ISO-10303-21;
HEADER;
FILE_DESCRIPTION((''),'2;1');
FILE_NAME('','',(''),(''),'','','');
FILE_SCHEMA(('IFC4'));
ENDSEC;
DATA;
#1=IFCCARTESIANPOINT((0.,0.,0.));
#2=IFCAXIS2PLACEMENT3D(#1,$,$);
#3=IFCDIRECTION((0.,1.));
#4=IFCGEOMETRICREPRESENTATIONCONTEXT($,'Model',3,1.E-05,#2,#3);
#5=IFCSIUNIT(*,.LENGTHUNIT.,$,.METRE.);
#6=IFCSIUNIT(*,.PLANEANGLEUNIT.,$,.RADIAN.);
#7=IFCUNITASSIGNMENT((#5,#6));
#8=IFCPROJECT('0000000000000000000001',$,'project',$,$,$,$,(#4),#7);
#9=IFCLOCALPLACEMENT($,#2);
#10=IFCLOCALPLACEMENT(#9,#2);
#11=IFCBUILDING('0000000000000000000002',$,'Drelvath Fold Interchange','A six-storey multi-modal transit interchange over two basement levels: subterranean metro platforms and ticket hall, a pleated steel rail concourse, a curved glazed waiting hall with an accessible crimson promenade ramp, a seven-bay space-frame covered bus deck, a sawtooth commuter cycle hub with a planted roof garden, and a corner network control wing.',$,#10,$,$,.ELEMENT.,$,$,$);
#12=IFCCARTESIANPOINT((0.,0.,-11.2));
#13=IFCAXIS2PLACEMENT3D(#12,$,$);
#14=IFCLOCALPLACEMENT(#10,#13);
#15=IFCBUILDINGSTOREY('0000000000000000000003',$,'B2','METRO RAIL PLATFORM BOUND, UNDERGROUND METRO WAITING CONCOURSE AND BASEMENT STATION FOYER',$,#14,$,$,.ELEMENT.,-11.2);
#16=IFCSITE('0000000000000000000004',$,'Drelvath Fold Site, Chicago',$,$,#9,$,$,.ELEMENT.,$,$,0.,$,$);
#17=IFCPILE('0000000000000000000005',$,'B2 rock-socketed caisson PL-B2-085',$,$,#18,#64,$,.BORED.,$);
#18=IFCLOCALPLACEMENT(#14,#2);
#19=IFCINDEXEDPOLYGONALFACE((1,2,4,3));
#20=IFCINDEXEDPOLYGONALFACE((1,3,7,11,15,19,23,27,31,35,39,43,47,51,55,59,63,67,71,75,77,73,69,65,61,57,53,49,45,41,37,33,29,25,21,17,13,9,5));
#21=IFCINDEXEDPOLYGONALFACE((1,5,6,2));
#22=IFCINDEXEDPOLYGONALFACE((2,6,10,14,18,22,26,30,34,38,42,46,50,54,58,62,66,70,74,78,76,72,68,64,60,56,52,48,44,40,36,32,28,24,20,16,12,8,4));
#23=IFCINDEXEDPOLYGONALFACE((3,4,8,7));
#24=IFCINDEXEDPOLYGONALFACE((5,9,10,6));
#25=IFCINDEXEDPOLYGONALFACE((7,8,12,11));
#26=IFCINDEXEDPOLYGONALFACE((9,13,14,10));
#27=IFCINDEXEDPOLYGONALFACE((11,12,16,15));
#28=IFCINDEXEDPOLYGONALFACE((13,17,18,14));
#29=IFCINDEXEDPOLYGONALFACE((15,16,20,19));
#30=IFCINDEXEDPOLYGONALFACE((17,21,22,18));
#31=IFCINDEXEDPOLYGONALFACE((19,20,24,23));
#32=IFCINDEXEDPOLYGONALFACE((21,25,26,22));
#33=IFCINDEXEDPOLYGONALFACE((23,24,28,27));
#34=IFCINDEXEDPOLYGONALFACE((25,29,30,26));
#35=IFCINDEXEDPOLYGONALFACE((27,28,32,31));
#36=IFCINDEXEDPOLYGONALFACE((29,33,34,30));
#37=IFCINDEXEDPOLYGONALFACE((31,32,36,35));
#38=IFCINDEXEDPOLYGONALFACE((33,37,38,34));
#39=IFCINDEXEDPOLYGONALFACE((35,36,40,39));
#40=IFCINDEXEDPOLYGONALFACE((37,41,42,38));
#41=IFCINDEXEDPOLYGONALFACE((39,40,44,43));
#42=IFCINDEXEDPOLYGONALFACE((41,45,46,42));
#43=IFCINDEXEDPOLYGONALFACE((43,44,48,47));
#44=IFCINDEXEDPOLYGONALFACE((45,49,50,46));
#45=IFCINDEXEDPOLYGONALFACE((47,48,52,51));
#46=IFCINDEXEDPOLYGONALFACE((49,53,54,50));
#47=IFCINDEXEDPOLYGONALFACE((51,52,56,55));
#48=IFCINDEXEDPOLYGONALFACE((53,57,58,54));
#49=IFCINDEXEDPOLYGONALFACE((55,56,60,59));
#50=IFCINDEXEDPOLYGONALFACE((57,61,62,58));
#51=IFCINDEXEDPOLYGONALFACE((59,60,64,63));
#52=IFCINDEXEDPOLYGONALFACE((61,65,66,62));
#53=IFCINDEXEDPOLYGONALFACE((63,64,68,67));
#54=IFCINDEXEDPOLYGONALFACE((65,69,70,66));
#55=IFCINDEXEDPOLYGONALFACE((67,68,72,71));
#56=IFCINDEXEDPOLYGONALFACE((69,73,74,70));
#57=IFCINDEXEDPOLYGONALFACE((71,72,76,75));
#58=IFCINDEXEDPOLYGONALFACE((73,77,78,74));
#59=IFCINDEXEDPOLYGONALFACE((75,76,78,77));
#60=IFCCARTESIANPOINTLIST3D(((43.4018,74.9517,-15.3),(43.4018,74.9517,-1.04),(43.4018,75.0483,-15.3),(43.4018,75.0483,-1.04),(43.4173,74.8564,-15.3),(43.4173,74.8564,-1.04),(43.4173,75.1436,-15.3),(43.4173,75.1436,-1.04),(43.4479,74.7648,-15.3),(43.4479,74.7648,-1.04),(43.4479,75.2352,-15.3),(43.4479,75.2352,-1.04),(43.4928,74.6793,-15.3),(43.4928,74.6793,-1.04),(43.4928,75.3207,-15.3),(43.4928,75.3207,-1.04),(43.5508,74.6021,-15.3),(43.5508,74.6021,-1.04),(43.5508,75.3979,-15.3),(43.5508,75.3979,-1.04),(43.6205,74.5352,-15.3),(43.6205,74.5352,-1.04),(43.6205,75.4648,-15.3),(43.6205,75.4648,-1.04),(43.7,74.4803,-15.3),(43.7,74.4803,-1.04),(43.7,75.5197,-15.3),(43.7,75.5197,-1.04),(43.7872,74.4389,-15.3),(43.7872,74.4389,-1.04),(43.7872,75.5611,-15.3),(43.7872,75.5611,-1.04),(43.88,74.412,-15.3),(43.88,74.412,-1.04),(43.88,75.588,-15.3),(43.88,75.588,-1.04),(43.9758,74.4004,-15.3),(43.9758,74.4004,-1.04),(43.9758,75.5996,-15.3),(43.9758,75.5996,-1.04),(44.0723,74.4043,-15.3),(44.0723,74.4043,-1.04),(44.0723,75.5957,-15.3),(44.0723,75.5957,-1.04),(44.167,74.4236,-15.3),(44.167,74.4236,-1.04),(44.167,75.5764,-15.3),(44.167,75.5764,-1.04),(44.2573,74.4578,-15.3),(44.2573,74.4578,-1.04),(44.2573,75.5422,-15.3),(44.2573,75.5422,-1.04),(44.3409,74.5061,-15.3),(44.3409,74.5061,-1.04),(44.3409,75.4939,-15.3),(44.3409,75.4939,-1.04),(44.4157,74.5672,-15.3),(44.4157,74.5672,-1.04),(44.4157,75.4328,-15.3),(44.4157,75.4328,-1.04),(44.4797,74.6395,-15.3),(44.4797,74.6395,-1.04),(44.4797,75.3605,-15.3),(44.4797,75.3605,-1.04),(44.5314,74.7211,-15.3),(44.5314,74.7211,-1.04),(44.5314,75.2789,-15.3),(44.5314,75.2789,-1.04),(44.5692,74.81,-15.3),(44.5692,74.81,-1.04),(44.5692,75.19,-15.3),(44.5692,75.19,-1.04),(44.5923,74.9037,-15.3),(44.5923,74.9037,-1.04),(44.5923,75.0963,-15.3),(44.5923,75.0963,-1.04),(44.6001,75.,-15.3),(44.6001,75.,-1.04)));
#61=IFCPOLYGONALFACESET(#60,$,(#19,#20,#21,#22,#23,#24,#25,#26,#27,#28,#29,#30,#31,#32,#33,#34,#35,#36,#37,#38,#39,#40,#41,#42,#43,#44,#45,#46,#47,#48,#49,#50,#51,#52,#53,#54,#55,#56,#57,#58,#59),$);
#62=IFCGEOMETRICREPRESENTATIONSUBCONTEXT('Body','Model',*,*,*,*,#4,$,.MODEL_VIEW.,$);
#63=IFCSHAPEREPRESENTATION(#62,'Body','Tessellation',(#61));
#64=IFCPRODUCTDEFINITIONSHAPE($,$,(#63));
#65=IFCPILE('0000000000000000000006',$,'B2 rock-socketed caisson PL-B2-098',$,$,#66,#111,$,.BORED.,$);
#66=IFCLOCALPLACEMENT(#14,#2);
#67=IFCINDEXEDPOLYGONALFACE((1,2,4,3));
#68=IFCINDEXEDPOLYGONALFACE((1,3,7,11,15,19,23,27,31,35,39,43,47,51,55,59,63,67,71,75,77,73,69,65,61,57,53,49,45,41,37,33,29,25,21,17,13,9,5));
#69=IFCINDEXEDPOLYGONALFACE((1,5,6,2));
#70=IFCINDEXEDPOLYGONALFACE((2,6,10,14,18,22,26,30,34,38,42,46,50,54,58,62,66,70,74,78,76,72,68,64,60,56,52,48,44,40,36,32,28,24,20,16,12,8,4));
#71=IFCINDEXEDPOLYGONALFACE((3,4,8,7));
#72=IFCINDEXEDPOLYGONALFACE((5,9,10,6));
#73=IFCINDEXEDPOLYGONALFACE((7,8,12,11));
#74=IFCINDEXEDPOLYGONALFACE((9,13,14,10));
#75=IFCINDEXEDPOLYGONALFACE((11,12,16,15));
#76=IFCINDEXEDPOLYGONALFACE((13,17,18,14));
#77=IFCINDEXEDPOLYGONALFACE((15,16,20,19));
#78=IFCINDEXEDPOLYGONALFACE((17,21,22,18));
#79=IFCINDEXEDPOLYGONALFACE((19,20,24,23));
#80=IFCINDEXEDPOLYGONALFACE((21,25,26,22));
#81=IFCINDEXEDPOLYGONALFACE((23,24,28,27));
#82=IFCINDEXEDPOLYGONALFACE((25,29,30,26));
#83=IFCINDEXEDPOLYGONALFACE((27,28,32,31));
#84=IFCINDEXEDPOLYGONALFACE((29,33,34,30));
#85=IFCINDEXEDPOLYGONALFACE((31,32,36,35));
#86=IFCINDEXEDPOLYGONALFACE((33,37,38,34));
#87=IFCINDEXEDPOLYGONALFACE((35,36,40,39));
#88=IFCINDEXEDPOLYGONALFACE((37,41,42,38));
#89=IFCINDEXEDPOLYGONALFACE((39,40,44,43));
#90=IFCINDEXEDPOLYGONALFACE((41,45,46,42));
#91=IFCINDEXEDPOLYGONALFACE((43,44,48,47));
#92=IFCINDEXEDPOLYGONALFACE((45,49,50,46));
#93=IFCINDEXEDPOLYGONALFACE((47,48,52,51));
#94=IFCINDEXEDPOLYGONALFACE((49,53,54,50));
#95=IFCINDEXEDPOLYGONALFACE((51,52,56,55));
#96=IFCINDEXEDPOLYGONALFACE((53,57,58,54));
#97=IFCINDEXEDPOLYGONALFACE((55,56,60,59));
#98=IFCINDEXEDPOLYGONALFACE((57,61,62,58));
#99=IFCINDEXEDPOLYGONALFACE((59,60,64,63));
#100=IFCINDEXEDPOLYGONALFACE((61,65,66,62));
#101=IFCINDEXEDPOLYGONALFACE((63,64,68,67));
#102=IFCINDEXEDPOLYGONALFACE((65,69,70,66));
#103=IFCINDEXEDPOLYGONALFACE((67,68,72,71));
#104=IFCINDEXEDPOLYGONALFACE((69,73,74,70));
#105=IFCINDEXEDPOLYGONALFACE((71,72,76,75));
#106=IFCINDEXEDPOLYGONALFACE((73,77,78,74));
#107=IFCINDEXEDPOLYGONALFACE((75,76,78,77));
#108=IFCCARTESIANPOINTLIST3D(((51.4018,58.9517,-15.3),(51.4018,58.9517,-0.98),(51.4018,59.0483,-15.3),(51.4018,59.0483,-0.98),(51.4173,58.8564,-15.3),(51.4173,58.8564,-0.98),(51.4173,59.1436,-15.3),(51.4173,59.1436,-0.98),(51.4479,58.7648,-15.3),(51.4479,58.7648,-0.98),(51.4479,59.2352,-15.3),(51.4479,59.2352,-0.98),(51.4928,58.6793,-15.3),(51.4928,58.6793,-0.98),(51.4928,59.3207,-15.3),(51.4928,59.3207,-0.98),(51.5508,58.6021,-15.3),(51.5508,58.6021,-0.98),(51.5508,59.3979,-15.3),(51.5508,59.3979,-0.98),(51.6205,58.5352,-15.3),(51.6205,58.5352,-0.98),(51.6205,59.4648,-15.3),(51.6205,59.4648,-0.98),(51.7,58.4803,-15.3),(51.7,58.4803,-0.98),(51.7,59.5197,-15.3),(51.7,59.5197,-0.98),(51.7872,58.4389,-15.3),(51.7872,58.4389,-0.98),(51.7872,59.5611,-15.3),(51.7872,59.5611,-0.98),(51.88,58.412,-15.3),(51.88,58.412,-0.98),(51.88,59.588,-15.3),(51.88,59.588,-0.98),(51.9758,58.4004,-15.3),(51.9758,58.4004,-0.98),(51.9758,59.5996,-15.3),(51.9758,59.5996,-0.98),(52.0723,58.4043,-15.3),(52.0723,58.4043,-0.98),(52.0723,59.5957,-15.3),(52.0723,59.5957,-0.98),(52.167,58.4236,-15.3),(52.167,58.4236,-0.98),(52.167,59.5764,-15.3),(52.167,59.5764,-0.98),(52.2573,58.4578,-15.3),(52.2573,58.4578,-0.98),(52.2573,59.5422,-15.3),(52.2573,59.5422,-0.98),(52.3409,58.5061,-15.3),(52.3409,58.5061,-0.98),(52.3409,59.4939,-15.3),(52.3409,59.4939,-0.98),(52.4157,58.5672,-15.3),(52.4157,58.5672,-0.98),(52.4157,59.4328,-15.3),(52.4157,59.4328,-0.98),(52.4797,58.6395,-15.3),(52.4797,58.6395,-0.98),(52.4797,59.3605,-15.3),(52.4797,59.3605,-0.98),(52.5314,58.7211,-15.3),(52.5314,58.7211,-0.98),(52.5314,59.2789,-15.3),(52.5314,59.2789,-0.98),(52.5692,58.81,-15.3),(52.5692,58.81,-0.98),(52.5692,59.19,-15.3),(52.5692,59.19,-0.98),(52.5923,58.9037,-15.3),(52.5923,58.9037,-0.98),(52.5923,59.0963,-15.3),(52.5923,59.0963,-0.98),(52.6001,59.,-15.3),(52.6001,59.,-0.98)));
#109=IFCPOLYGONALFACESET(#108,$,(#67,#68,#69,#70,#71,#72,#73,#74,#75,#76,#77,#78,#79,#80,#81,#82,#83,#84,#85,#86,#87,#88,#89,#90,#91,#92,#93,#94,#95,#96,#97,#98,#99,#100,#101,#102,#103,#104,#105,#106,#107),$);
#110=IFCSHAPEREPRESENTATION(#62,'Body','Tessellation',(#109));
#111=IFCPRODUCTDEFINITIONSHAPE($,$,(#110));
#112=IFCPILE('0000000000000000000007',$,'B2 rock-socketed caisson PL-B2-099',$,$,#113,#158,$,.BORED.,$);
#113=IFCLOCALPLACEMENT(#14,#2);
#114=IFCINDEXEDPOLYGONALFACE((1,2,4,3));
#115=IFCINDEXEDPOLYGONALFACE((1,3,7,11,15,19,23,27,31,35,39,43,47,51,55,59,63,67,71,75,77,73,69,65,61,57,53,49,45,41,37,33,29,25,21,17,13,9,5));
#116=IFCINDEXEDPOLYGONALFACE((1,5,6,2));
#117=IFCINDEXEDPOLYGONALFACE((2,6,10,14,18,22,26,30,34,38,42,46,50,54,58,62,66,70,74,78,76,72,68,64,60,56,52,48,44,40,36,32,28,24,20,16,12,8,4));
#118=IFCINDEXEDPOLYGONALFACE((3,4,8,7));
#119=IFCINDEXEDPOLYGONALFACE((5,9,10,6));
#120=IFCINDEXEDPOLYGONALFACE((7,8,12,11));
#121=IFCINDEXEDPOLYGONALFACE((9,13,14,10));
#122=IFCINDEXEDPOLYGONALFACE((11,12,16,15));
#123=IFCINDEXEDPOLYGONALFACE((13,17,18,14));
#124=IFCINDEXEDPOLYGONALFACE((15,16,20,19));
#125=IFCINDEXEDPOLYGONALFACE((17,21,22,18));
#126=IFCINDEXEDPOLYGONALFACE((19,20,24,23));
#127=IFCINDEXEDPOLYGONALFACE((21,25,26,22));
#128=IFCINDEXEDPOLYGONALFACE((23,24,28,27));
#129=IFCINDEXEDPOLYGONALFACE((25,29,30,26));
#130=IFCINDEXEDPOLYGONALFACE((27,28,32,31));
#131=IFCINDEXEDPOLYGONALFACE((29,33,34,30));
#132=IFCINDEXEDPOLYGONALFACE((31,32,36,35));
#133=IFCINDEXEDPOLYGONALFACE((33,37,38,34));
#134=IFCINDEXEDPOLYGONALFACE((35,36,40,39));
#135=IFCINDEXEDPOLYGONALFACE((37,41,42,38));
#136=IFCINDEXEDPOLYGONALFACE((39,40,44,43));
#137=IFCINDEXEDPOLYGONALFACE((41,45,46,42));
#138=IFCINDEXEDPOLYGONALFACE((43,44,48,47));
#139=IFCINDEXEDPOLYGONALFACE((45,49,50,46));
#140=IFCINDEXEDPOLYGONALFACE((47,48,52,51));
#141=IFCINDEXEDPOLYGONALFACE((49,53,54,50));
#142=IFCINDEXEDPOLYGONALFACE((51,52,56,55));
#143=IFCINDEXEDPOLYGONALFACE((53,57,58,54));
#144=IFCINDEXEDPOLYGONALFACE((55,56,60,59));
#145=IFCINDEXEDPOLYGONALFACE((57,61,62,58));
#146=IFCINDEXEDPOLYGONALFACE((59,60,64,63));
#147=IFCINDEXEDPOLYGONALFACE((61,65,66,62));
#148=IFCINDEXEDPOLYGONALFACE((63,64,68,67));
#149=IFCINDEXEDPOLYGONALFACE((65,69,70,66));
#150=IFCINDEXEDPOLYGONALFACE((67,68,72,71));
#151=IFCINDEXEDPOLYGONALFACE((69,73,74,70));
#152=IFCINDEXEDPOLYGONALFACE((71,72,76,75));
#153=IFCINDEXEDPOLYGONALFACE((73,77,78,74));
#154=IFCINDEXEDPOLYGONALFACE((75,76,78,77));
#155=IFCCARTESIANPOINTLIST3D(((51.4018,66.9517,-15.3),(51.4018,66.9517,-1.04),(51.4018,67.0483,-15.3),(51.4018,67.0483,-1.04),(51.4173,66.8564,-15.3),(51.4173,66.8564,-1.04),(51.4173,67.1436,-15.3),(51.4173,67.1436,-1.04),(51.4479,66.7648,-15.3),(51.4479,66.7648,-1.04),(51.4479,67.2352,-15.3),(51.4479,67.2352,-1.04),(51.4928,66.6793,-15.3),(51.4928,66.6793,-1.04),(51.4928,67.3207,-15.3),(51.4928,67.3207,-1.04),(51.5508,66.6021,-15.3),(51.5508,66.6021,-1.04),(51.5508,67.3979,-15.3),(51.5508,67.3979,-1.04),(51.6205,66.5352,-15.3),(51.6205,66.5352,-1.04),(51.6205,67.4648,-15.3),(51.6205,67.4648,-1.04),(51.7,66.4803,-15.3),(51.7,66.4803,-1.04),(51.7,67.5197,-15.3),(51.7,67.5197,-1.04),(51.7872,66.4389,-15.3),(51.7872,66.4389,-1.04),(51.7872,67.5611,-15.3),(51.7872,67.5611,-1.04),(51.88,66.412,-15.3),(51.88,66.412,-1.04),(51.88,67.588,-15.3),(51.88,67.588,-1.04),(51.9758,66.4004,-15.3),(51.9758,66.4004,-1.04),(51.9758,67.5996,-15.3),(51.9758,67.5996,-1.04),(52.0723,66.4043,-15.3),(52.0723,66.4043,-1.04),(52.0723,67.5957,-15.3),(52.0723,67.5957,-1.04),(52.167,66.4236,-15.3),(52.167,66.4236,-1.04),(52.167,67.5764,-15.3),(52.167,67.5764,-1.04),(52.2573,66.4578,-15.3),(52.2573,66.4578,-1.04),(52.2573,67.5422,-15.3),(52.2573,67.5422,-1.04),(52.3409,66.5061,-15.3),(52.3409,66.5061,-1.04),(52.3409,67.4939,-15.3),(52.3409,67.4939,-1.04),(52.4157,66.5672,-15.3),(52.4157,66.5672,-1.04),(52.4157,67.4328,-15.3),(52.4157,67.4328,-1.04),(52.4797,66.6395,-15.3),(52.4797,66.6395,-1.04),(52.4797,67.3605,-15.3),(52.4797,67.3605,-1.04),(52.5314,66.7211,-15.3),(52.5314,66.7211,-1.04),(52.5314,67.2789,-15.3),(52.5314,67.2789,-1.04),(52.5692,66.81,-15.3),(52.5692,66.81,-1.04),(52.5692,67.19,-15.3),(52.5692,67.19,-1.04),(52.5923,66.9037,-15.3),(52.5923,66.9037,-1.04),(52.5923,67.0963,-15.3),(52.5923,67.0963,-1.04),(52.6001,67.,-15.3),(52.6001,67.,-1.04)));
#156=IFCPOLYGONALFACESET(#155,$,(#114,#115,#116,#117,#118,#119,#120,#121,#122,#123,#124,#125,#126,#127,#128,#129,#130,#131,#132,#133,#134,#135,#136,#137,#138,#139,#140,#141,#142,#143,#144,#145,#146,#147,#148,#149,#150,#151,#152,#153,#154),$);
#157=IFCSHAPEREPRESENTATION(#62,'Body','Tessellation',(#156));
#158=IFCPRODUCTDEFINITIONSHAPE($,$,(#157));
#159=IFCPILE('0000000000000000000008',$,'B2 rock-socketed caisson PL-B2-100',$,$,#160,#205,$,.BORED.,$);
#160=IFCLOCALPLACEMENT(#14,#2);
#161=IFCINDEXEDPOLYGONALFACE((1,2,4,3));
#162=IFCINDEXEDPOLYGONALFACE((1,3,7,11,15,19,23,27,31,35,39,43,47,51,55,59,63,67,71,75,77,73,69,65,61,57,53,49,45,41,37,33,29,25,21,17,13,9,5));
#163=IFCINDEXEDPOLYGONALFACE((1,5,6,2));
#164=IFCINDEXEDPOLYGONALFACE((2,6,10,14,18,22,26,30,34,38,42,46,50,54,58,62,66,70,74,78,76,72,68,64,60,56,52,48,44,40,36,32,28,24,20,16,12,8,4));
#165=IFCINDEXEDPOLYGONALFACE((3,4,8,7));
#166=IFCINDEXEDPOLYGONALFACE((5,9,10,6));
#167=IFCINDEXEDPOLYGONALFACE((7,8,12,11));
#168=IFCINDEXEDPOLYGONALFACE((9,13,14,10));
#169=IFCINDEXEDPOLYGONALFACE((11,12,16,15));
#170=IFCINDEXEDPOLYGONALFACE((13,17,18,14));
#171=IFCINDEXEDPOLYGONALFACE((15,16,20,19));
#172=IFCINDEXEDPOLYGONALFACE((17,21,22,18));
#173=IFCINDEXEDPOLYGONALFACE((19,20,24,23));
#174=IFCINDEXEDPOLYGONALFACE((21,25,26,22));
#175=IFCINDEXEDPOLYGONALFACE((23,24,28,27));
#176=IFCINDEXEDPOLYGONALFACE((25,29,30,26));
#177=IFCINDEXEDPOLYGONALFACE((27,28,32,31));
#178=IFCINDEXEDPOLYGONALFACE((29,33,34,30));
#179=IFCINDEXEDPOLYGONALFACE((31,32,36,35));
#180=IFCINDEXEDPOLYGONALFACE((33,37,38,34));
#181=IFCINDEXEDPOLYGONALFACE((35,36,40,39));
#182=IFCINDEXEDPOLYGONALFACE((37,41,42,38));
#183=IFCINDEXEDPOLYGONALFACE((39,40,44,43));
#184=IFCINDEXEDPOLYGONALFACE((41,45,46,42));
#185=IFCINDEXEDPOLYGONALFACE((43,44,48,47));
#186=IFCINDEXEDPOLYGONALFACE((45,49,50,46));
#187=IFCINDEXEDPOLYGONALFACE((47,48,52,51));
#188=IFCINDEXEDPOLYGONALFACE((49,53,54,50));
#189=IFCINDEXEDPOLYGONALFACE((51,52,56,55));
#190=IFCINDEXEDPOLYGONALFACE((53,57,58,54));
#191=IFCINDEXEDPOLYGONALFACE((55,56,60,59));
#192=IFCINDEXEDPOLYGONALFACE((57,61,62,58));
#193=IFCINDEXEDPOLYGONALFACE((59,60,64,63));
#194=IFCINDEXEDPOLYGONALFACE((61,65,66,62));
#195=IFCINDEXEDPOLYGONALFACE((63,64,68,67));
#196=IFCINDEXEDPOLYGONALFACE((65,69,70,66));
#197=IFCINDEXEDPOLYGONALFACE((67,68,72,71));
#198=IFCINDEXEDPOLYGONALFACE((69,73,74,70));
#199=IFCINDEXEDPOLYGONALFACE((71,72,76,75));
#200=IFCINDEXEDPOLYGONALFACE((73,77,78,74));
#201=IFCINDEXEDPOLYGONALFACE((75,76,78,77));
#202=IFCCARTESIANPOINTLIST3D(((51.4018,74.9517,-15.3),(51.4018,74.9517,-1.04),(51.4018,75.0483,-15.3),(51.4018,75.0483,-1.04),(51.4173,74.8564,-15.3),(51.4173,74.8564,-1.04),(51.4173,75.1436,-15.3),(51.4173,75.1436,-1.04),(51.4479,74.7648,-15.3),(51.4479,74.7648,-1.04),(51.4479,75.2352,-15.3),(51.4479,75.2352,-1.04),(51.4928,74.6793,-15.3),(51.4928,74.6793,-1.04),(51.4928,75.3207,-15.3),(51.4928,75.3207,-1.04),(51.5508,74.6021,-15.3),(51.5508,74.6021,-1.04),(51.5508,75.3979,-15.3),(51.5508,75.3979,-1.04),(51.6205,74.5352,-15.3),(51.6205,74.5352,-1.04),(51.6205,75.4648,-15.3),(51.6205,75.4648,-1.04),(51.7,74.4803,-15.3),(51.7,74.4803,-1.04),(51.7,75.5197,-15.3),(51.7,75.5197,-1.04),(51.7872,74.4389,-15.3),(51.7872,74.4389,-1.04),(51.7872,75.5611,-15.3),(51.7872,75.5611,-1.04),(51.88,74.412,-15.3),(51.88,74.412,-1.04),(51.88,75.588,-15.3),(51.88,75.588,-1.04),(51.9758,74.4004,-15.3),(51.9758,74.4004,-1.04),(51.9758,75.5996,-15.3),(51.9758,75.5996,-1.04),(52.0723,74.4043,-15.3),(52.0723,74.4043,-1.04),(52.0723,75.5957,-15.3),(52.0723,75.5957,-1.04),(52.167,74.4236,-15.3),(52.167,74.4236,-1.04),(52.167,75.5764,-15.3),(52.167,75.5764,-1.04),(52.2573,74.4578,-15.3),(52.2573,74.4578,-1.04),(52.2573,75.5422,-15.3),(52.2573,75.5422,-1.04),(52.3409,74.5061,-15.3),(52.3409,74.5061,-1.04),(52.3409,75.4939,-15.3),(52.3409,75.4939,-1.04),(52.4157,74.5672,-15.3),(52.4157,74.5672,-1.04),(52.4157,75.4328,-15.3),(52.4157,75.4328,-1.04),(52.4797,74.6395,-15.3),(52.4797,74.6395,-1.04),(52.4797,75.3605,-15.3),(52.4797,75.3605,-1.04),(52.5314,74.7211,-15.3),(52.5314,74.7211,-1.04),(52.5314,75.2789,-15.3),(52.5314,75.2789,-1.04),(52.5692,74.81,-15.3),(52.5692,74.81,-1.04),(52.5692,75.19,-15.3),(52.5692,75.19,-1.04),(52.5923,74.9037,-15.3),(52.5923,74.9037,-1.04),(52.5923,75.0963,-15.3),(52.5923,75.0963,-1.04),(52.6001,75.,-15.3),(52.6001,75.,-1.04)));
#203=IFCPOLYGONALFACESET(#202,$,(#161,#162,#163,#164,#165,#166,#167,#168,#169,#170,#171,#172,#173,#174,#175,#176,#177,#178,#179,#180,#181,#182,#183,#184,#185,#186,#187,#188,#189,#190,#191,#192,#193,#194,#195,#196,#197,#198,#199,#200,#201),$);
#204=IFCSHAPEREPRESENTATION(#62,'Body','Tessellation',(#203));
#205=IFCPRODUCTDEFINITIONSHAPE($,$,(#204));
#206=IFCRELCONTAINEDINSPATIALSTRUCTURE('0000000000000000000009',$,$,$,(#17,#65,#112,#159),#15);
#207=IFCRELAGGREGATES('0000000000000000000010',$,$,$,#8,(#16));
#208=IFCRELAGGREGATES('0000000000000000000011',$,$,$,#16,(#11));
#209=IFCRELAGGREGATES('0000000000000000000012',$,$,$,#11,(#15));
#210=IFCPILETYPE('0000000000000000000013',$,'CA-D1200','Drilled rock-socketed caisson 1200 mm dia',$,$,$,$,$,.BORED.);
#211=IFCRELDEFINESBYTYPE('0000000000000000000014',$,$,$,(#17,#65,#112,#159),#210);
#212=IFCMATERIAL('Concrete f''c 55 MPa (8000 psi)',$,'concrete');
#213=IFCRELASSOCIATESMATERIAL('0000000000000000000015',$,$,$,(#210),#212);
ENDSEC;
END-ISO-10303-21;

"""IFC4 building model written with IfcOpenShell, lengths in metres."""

from ifc_helpers import new_model, si_unit, direction, frame, origin, origin_2d, place, context, subcontext, project, spatial, circle, extrude, material, material_profile, profile_set, type_object, element, save


model = new_model("IFC4")

# Units and contexts
model_context = context("Model", 3, precision=1e-05, world=origin(), true_north=direction((0.0, 1.0)))
body_context = subcontext(model_context, "Body", "Model", "MODEL_VIEW")
ifc_project = project(units=[si_unit("LENGTHUNIT", "METRE"), si_unit("PLANEANGLEUNIT", "RADIAN")], contexts=[model_context])

# Site, building, storey
site_placement = place(None, origin())
site = spatial("IfcSite", under=ifc_project, at=site_placement, Name="Drelvath Fold Site, Chicago", CompositionType="ELEMENT", RefElevation=0.0)
building_placement = place(site_placement, origin())
building = spatial("IfcBuilding", under=site, at=building_placement, Name="Drelvath Fold Interchange", Description="A six-storey multi-modal transit interchange over two basement levels: subterranean metro platforms and ticket hall, a pleated steel rail concourse, a curved glazed waiting hall with an accessible crimson promenade ramp, a seven-bay space-frame covered bus deck, a sawtooth commuter cycle hub with a planted roof garden, and a corner network control wing.", CompositionType="ELEMENT")
storey_placement = place(building_placement, frame((0.0, 0.0, -11.2)))
storey = spatial("IfcBuildingStorey", under=building, at=storey_placement, Name="B2", Description="METRO RAIL PLATFORM BOUND, UNDERGROUND METRO WAITING CONCOURSE AND BASEMENT STATION FOYER", CompositionType="ELEMENT", Elevation=-11.2)

# Piles
ifc_material_1 = material(Name="Concrete f'c 55 MPa (8000 psi)", Category="concrete")
ifc_material_profile_1 = material_profile(ifc_material_1, circle(Radius=0.6001, at=origin_2d()), Name="CAISSON D1200")
ifc_profile_set_1 = profile_set([ifc_material_profile_1], Name="Concrete f'c 55 MPa (8000 psi)")
pile_type = type_object("IfcPileType", Name="CA-D1200", Description="Drilled rock-socketed caisson 1200 mm dia", PredefinedType="BORED", material=ifc_profile_set_1)
pile_1_placement = place(storey_placement, frame((44.0, 75.0, -1.04), z_axis=(0.0, 0.0, -1.0), x_axis=(1.0, 0.0, 0.0)))
element("IfcPile", 1, at=pile_1_placement, inside=storey, type_object=pile_type, Name="B2 rock-socketed caisson PL-B2-085", PredefinedType="BORED", context=body_context, shape_type="SweptSolid", body=[
    extrude(circle(Radius=0.6001, at=origin_2d()), origin(), (0.0, 0.0, 1.0), 14.26),
])
pile_2_placement = place(storey_placement, frame((52.0, 59.0, -0.98), z_axis=(0.0, 0.0, -1.0), x_axis=(1.0, 0.0, 0.0)))
element("IfcPile", 2, at=pile_2_placement, inside=storey, type_object=pile_type, Name="B2 rock-socketed caisson PL-B2-098", PredefinedType="BORED", context=body_context, shape_type="SweptSolid", body=[
    extrude(circle(Radius=0.6001, at=origin_2d()), origin(), (0.0, 0.0, 1.0), 14.3201),
])
for number, where, z_axis, x_axis, name in (
    (3, (52.0, 67.0, -1.04), (0.0, 0.0, -1.0), (1.0, 0.0, 0.0), "B2 rock-socketed caisson PL-B2-099"),
    (4, (52.0, 75.0, -1.04), (0.0, 0.0, -1.0), (1.0, 0.0, 0.0), "B2 rock-socketed caisson PL-B2-100"),
):
    element("IfcPile", number, at=place(storey_placement, frame(where, z_axis=z_axis, x_axis=x_axis)), inside=storey, type_object=pile_type, Name=name, PredefinedType="BORED", context=body_context, shape_type="SweptSolid", body=[
        extrude(circle(Radius=0.6001, at=origin_2d()), origin(), (0.0, 0.0, 1.0), 14.26),
    ])

save(model, "model.ifc")
